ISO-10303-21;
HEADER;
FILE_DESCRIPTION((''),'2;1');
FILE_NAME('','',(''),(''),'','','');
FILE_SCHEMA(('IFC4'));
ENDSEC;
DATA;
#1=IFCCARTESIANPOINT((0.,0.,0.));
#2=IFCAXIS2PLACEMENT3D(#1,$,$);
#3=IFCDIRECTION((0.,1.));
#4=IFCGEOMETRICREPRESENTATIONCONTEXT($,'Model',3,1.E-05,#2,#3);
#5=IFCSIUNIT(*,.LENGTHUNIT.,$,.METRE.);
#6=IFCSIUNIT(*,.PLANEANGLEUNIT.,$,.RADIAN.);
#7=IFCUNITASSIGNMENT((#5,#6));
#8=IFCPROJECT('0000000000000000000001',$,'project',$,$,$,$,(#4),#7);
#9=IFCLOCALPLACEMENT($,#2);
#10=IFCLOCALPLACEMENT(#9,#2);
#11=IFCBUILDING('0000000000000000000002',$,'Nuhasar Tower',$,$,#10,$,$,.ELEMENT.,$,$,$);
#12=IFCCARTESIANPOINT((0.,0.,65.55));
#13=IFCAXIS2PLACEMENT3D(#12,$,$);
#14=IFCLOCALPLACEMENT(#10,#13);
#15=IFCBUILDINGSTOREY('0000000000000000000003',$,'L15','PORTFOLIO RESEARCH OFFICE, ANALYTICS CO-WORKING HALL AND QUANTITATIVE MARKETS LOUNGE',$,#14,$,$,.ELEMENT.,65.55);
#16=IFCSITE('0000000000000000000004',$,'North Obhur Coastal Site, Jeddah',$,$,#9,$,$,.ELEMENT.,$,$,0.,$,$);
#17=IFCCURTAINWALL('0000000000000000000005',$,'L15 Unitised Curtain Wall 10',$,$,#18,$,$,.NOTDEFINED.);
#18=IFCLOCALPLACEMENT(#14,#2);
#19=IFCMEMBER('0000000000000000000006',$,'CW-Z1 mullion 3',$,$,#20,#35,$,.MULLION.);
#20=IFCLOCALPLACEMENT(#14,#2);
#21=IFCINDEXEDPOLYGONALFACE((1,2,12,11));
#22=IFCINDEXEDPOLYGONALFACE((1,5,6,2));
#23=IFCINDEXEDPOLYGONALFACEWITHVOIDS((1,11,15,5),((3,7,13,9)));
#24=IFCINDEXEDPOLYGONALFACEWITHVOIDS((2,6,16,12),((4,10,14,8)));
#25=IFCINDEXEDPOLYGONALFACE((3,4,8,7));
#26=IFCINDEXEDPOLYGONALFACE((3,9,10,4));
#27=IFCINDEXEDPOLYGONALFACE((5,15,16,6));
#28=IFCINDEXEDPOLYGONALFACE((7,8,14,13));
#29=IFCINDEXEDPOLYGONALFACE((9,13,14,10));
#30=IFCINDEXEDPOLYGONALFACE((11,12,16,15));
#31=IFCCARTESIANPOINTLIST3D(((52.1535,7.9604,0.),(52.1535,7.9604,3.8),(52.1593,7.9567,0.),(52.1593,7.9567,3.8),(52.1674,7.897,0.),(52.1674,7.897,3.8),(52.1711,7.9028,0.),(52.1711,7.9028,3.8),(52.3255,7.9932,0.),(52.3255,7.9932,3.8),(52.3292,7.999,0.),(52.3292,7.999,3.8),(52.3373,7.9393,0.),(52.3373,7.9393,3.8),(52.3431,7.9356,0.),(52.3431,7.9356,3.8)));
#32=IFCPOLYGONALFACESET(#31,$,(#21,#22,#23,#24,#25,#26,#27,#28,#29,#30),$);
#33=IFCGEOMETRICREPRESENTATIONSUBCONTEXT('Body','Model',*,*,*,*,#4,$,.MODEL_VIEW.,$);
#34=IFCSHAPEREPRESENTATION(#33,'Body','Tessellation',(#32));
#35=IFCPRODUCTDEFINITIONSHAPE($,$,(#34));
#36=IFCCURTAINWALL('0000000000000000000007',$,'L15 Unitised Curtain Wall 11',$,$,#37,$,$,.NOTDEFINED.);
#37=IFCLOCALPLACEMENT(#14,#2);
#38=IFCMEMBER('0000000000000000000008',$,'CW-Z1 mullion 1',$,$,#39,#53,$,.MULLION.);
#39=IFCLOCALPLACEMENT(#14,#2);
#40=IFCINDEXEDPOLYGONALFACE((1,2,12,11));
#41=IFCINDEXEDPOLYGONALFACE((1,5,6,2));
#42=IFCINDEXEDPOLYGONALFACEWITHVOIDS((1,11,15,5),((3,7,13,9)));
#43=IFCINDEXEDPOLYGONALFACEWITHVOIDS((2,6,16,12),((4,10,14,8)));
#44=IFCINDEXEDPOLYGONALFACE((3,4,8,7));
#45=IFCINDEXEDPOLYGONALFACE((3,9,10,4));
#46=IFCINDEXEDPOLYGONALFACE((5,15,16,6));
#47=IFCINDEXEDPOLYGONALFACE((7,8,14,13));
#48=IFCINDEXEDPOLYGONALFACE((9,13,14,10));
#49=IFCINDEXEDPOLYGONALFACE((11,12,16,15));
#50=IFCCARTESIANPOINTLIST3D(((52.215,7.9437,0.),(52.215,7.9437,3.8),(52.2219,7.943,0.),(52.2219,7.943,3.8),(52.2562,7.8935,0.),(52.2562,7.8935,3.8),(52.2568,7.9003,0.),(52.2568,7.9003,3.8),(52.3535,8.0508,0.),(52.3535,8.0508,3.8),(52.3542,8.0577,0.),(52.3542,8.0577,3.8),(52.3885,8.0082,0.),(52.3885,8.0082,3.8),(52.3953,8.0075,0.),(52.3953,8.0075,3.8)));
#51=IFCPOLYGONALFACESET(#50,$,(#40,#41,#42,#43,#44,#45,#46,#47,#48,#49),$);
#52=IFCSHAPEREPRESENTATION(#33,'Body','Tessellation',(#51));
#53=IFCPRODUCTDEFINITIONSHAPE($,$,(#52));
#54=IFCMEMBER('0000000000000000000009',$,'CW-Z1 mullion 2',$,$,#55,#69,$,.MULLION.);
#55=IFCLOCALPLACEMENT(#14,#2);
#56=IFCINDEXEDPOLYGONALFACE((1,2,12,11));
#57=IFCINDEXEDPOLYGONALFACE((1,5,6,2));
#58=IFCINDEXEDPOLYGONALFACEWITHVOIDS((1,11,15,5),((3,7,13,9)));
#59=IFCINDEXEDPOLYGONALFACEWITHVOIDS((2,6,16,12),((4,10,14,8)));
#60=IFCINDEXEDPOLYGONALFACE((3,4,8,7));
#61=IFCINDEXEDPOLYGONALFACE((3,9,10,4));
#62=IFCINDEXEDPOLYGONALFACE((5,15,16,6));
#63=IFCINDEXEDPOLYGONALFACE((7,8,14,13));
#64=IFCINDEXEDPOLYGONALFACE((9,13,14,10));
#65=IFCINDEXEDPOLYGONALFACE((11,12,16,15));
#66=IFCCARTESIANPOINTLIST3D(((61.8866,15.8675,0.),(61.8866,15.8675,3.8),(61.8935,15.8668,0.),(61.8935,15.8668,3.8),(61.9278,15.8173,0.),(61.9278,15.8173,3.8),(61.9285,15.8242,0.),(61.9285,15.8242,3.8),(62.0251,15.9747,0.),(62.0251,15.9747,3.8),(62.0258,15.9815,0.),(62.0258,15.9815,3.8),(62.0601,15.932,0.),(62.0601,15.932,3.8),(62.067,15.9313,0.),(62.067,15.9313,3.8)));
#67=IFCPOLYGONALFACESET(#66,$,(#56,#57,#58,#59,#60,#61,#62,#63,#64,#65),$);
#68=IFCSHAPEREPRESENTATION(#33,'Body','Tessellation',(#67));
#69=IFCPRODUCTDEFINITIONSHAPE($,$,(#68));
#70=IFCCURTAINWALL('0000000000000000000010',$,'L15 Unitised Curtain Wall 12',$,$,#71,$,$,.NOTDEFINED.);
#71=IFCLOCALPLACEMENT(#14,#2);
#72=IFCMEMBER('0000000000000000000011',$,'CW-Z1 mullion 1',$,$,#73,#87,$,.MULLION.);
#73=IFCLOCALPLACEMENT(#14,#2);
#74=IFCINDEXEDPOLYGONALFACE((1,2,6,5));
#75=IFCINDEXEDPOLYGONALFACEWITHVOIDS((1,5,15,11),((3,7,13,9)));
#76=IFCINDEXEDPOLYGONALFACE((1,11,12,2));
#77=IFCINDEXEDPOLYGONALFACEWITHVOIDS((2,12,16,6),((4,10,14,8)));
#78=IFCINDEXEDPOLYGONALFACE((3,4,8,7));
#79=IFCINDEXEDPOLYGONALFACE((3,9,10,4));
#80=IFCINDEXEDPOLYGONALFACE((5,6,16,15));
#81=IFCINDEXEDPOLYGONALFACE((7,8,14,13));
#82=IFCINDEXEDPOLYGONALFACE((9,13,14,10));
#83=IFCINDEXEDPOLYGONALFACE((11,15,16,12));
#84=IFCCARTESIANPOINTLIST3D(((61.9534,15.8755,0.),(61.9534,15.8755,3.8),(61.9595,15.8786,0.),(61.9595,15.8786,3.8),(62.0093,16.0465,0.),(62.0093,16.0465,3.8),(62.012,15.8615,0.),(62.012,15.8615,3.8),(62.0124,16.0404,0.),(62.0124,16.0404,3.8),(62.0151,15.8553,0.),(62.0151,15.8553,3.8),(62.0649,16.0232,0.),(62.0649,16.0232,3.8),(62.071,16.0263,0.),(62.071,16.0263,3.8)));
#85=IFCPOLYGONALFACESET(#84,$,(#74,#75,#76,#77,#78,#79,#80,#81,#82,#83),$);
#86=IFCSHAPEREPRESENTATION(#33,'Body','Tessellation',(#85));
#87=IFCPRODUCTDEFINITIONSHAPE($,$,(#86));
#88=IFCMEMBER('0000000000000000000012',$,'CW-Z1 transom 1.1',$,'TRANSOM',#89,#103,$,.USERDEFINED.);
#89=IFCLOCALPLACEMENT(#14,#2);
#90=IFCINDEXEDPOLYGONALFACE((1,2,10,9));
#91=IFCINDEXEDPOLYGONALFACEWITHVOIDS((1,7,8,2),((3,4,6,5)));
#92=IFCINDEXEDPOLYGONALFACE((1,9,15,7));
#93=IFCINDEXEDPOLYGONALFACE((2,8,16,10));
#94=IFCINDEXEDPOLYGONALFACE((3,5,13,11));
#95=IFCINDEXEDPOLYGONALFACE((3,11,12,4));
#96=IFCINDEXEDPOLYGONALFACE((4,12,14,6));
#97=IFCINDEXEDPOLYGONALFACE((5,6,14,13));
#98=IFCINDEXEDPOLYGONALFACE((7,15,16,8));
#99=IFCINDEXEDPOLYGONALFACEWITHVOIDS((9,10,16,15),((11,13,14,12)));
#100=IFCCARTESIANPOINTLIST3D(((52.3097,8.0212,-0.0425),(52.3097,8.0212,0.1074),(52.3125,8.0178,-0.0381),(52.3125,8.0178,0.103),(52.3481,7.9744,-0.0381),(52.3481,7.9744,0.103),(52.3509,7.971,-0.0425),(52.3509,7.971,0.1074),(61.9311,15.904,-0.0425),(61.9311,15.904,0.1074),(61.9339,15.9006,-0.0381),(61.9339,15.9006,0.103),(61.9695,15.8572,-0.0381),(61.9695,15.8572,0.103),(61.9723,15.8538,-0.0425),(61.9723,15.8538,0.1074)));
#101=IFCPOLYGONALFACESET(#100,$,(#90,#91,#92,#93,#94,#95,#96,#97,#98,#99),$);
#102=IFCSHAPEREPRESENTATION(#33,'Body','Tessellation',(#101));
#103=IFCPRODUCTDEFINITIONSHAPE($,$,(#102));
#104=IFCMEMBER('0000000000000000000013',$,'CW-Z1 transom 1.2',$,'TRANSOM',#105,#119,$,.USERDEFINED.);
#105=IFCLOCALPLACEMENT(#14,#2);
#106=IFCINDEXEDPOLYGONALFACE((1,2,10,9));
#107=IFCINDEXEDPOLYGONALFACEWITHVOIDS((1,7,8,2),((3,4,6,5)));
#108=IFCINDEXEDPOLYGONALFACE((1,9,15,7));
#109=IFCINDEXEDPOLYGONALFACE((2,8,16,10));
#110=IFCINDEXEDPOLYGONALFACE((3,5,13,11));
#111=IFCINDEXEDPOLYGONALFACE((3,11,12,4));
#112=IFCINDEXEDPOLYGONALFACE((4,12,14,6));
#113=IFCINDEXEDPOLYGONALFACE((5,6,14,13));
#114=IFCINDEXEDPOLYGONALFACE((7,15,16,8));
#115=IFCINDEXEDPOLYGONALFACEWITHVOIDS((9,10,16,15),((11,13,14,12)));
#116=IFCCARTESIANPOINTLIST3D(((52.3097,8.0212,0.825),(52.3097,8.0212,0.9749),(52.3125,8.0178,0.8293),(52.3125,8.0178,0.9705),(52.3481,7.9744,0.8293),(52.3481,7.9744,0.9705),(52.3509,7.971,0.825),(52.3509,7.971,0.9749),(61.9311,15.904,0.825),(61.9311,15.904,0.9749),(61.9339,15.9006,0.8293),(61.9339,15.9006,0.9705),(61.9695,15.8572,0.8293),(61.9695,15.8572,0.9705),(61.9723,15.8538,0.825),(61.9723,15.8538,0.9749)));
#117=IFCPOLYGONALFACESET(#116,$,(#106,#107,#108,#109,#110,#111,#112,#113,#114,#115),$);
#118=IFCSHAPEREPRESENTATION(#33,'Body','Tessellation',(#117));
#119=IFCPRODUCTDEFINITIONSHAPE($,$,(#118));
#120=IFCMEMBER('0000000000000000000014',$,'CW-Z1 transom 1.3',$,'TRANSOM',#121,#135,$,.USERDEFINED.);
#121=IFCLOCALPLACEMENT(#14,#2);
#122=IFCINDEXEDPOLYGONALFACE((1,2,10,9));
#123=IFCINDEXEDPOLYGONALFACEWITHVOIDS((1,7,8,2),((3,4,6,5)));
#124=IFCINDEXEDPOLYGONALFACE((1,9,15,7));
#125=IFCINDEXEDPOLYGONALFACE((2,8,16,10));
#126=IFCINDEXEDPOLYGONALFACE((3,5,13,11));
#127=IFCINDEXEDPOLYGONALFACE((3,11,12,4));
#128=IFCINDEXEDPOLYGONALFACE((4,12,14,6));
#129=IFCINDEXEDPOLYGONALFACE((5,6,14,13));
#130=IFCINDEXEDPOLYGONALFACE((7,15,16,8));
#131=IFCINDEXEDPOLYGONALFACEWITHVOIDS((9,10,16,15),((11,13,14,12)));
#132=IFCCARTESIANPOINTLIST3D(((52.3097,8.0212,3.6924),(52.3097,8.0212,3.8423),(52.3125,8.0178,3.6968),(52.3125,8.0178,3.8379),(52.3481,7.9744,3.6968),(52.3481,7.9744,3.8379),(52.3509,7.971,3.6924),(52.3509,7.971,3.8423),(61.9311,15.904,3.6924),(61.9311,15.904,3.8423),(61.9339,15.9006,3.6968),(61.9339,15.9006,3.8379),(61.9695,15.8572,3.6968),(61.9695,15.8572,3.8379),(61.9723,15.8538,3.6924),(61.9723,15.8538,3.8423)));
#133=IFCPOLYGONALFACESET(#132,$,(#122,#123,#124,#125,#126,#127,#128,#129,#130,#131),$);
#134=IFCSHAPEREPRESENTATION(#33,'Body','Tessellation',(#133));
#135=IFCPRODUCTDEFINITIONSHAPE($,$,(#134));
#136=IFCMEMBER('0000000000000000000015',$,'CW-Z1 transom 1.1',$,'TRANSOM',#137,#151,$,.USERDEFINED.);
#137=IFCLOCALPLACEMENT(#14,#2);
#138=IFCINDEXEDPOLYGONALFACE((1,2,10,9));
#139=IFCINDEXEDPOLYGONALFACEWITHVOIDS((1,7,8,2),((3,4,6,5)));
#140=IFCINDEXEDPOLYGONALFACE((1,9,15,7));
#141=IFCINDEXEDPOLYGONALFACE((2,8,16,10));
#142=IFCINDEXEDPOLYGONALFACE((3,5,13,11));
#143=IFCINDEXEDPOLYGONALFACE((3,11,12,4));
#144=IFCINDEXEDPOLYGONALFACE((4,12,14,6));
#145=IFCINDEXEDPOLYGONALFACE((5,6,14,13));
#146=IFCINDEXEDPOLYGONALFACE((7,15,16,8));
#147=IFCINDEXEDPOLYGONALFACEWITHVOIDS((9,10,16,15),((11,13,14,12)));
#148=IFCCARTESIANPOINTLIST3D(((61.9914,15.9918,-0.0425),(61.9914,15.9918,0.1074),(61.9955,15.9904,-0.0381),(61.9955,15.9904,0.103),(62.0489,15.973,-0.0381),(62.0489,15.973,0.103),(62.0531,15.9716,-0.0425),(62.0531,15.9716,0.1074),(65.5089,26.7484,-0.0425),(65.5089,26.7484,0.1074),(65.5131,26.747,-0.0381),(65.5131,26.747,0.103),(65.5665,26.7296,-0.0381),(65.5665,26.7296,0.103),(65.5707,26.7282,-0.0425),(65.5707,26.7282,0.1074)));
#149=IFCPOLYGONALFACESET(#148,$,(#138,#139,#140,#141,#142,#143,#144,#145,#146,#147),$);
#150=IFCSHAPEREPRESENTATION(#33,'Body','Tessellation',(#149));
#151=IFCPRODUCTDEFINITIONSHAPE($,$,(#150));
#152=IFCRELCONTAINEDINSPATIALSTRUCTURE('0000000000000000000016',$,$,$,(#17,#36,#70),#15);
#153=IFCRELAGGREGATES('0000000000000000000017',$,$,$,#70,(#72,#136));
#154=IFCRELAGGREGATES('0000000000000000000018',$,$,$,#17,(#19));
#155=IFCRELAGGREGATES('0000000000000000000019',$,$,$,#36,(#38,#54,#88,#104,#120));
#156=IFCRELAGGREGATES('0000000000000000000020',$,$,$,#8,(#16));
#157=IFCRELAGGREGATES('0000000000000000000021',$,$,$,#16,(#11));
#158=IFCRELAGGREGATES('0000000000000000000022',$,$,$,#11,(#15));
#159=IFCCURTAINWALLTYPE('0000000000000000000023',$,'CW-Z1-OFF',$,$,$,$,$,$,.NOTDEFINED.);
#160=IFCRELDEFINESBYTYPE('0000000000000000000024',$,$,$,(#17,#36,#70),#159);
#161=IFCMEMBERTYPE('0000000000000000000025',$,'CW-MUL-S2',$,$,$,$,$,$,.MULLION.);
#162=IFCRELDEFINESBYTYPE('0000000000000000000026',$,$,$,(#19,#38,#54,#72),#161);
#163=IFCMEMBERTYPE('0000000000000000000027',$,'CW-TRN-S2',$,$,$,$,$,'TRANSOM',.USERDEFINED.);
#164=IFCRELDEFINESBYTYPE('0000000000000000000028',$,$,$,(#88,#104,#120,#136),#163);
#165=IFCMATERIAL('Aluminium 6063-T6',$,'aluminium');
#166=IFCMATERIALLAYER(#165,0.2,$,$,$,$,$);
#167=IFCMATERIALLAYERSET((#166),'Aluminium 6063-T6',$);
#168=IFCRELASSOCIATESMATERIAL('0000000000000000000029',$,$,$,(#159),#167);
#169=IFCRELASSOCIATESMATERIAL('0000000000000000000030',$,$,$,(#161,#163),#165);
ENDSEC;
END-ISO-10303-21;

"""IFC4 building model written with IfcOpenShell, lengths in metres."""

from ifc_helpers import new_model, si_unit, direction, frame, origin, origin_2d, place, context, subcontext, project, spatial, hollow_rectangle, extrude, material, layer, layer_set, material_profile, profile_set, type_object, element, aggregate, save


model = new_model("IFC4")

# Units and contexts
model_context = context("Model", 3, precision=1e-05, world=origin(), true_north=direction((0.0, 1.0)))
body_context = subcontext(model_context, "Body", "Model", "MODEL_VIEW")
ifc_project = project(units=[si_unit("LENGTHUNIT", "METRE"), si_unit("PLANEANGLEUNIT", "RADIAN")], contexts=[model_context])

# Site, building, storey
site_placement = place(None, origin())
site = spatial("IfcSite", under=ifc_project, at=site_placement, Name="North Obhur Coastal Site, Jeddah", CompositionType="ELEMENT", RefElevation=0.0)
building_placement = place(site_placement, origin())
building = spatial("IfcBuilding", under=site, at=building_placement, Name="Nuhasar Tower", CompositionType="ELEMENT")
storey_placement = place(building_placement, frame((0.0, 0.0, 65.55)))
storey = spatial("IfcBuildingStorey", under=building, at=storey_placement, Name="L15", Description="PORTFOLIO RESEARCH OFFICE, ANALYTICS CO-WORKING HALL AND QUANTITATIVE MARKETS LOUNGE", CompositionType="ELEMENT", Elevation=65.55)

# Curtain wall, member
ifc_material_1 = material(Name="Aluminium 6063-T6", Category="aluminium")
ifc_layer_1 = layer(ifc_material_1, 0.2)
ifc_layer_set_1 = layer_set([ifc_layer_1], Name="Aluminium 6063-T6")
curtain_wall_type = type_object("IfcCurtainWallType", Name="CW-Z1-OFF", PredefinedType="NOTDEFINED", material=ifc_layer_set_1)
curtain_wall_1_placement = place(storey_placement, origin())
curtain_wall_1 = element("IfcCurtainWall", 1, at=curtain_wall_1_placement, inside=storey, type_object=curtain_wall_type, Name="L15 Unitised Curtain Wall 10", PredefinedType="NOTDEFINED")
ifc_material_profile_1 = material_profile(ifc_material_1, hollow_rectangle(XDim=0.0649, YDim=0.1799, WallThickness=0.0049, at=origin_2d()), Name="CWM-2")
ifc_profile_set_1 = profile_set([ifc_material_profile_1], Name="Aluminium 6063-T6")
member_type_1 = type_object("IfcMemberType", Name="CW-MUL-S2", PredefinedType="MULLION", material=ifc_profile_set_1)
member_1_placement = place(storey_placement, frame((52.2483, 7.948, 0.0), z_axis=(0.0, 0.0, 1.0), x_axis=(-0.214399, 0.976746, 0.0)))
member_1 = element("IfcMember", 2, at=member_1_placement, type_object=member_type_1, Name="CW-Z1 mullion 3", PredefinedType="MULLION", context=body_context, shape_type="SweptSolid", body=[
    extrude(hollow_rectangle(XDim=0.0649, YDim=0.1799, WallThickness=0.0049, at=origin_2d()), origin(), (0.0, 0.0, 1.0), 3.8),
])

# Curtain wall, members
curtain_wall_2_placement = place(storey_placement, origin())
curtain_wall_2 = element("IfcCurtainWall", 3, at=curtain_wall_2_placement, inside=storey, type_object=curtain_wall_type, Name="L15 Unitised Curtain Wall 11", PredefinedType="NOTDEFINED")
member_2_placement = place(storey_placement, frame((52.3052, 7.9756, 0.0), z_axis=(0.0, 0.0, 1.0), x_axis=(-0.633745, 0.773542, 0.0)))
member_2 = element("IfcMember", 4, at=member_2_placement, type_object=member_type_1, Name="CW-Z1 mullion 1", PredefinedType="MULLION", context=body_context, shape_type="SweptSolid", body=[
    extrude(hollow_rectangle(XDim=0.0649, YDim=0.1799, WallThickness=0.0049, at=origin_2d()), origin(), (0.0, 0.0, 1.0), 3.8),
])
member_3_placement = place(storey_placement, frame((61.9768, 15.8994, 0.0), z_axis=(0.0, 0.0, 1.0), x_axis=(-0.633745, 0.773542, 0.0)))
member_3 = element("IfcMember", 5, at=member_3_placement, type_object=member_type_1, Name="CW-Z1 mullion 2", PredefinedType="MULLION", context=body_context, shape_type="SweptSolid", body=[
    extrude(hollow_rectangle(XDim=0.0649, YDim=0.1799, WallThickness=0.0049, at=origin_2d()), origin(), (0.0, 0.0, 1.0), 3.8),
])

# Curtain wall, member
curtain_wall_3_placement = place(storey_placement, origin())
curtain_wall_3 = element("IfcCurtainWall", 6, at=curtain_wall_3_placement, inside=storey, type_object=curtain_wall_type, Name="L15 Unitised Curtain Wall 12", PredefinedType="NOTDEFINED")
member_4_placement = place(storey_placement, frame((62.0122, 15.9509, 0.0), z_axis=(0.0, 0.0, 1.0), x_axis=(-0.950468, 0.310824, 0.0)))
member_4 = element("IfcMember", 7, at=member_4_placement, type_object=member_type_1, Name="CW-Z1 mullion 1", PredefinedType="MULLION", context=body_context, shape_type="SweptSolid", body=[
    extrude(hollow_rectangle(XDim=0.0649, YDim=0.1799, WallThickness=0.0049, at=origin_2d()), origin(), (0.0, 0.0, 1.0), 3.8),
])

# Members
ifc_material_profile_2 = material_profile(ifc_material_1, hollow_rectangle(XDim=0.0649, YDim=0.1499, WallThickness=0.0044, at=origin_2d()), Name="CWT-2")
ifc_profile_set_2 = profile_set([ifc_material_profile_2], Name="Aluminium 6063-T6")
member_type_2 = type_object("IfcMemberType", Name="CW-TRN-S2", ElementType="TRANSOM", PredefinedType="USERDEFINED", material=ifc_profile_set_2)
member_5_placement = place(storey_placement, frame((52.3303, 7.9961, 0.0325), z_axis=(0.773531, 0.633758, 0.0), x_axis=(-0.633758, 0.773531, 0.0)))
member_5 = element("IfcMember", 8, at=member_5_placement, type_object=member_type_2, Name="CW-Z1 transom 1.1", ObjectType="TRANSOM", PredefinedType="USERDEFINED", context=body_context, shape_type="SweptSolid", body=[
    extrude(hollow_rectangle(XDim=0.0649, YDim=0.1499, WallThickness=0.0044, at=origin_2d()), origin(), (0.0, 0.0, 1.0), 12.4382),
])
member_6_placement = place(storey_placement, frame((52.3303, 7.9961, 0.8999), z_axis=(0.773531, 0.633758, 0.0), x_axis=(-0.633758, 0.773531, 0.0)))
member_6 = element("IfcMember", 9, at=member_6_placement, type_object=member_type_2, Name="CW-Z1 transom 1.2", ObjectType="TRANSOM", PredefinedType="USERDEFINED", context=body_context, shape_type="SweptSolid", body=[
    extrude(hollow_rectangle(XDim=0.0649, YDim=0.1499, WallThickness=0.0044, at=origin_2d()), origin(), (0.0, 0.0, 1.0), 12.4382),
])
member_7_placement = place(storey_placement, frame((52.3303, 7.9961, 3.7673), z_axis=(0.773531, 0.633758, 0.0), x_axis=(-0.633758, 0.773531, 0.0)))
member_7 = element("IfcMember", 10, at=member_7_placement, type_object=member_type_2, Name="CW-Z1 transom 1.3", ObjectType="TRANSOM", PredefinedType="USERDEFINED", context=body_context, shape_type="SweptSolid", body=[
    extrude(hollow_rectangle(XDim=0.0649, YDim=0.1499, WallThickness=0.0044, at=origin_2d()), origin(), (0.0, 0.0, 1.0), 12.4382),
])
member_8_placement = place(storey_placement, frame((62.0222, 15.9817, 0.0325), z_axis=(0.310819, 0.950469, 0.0), x_axis=(-0.950469, 0.310819, 0.0)))
member_8 = element("IfcMember", 11, at=member_8_placement, type_object=member_type_2, Name="CW-Z1 transom 1.1", ObjectType="TRANSOM", PredefinedType="USERDEFINED", context=body_context, shape_type="SweptSolid", body=[
    extrude(hollow_rectangle(XDim=0.0649, YDim=0.1499, WallThickness=0.0044, at=origin_2d()), origin(), (0.0, 0.0, 1.0), 11.3171),
])
aggregate(curtain_wall_3, [member_4, member_8])

aggregate(curtain_wall_1, [member_1])
aggregate(curtain_wall_2, [member_2, member_3, member_5, member_6, member_7])

save(model, "model.ifc")
